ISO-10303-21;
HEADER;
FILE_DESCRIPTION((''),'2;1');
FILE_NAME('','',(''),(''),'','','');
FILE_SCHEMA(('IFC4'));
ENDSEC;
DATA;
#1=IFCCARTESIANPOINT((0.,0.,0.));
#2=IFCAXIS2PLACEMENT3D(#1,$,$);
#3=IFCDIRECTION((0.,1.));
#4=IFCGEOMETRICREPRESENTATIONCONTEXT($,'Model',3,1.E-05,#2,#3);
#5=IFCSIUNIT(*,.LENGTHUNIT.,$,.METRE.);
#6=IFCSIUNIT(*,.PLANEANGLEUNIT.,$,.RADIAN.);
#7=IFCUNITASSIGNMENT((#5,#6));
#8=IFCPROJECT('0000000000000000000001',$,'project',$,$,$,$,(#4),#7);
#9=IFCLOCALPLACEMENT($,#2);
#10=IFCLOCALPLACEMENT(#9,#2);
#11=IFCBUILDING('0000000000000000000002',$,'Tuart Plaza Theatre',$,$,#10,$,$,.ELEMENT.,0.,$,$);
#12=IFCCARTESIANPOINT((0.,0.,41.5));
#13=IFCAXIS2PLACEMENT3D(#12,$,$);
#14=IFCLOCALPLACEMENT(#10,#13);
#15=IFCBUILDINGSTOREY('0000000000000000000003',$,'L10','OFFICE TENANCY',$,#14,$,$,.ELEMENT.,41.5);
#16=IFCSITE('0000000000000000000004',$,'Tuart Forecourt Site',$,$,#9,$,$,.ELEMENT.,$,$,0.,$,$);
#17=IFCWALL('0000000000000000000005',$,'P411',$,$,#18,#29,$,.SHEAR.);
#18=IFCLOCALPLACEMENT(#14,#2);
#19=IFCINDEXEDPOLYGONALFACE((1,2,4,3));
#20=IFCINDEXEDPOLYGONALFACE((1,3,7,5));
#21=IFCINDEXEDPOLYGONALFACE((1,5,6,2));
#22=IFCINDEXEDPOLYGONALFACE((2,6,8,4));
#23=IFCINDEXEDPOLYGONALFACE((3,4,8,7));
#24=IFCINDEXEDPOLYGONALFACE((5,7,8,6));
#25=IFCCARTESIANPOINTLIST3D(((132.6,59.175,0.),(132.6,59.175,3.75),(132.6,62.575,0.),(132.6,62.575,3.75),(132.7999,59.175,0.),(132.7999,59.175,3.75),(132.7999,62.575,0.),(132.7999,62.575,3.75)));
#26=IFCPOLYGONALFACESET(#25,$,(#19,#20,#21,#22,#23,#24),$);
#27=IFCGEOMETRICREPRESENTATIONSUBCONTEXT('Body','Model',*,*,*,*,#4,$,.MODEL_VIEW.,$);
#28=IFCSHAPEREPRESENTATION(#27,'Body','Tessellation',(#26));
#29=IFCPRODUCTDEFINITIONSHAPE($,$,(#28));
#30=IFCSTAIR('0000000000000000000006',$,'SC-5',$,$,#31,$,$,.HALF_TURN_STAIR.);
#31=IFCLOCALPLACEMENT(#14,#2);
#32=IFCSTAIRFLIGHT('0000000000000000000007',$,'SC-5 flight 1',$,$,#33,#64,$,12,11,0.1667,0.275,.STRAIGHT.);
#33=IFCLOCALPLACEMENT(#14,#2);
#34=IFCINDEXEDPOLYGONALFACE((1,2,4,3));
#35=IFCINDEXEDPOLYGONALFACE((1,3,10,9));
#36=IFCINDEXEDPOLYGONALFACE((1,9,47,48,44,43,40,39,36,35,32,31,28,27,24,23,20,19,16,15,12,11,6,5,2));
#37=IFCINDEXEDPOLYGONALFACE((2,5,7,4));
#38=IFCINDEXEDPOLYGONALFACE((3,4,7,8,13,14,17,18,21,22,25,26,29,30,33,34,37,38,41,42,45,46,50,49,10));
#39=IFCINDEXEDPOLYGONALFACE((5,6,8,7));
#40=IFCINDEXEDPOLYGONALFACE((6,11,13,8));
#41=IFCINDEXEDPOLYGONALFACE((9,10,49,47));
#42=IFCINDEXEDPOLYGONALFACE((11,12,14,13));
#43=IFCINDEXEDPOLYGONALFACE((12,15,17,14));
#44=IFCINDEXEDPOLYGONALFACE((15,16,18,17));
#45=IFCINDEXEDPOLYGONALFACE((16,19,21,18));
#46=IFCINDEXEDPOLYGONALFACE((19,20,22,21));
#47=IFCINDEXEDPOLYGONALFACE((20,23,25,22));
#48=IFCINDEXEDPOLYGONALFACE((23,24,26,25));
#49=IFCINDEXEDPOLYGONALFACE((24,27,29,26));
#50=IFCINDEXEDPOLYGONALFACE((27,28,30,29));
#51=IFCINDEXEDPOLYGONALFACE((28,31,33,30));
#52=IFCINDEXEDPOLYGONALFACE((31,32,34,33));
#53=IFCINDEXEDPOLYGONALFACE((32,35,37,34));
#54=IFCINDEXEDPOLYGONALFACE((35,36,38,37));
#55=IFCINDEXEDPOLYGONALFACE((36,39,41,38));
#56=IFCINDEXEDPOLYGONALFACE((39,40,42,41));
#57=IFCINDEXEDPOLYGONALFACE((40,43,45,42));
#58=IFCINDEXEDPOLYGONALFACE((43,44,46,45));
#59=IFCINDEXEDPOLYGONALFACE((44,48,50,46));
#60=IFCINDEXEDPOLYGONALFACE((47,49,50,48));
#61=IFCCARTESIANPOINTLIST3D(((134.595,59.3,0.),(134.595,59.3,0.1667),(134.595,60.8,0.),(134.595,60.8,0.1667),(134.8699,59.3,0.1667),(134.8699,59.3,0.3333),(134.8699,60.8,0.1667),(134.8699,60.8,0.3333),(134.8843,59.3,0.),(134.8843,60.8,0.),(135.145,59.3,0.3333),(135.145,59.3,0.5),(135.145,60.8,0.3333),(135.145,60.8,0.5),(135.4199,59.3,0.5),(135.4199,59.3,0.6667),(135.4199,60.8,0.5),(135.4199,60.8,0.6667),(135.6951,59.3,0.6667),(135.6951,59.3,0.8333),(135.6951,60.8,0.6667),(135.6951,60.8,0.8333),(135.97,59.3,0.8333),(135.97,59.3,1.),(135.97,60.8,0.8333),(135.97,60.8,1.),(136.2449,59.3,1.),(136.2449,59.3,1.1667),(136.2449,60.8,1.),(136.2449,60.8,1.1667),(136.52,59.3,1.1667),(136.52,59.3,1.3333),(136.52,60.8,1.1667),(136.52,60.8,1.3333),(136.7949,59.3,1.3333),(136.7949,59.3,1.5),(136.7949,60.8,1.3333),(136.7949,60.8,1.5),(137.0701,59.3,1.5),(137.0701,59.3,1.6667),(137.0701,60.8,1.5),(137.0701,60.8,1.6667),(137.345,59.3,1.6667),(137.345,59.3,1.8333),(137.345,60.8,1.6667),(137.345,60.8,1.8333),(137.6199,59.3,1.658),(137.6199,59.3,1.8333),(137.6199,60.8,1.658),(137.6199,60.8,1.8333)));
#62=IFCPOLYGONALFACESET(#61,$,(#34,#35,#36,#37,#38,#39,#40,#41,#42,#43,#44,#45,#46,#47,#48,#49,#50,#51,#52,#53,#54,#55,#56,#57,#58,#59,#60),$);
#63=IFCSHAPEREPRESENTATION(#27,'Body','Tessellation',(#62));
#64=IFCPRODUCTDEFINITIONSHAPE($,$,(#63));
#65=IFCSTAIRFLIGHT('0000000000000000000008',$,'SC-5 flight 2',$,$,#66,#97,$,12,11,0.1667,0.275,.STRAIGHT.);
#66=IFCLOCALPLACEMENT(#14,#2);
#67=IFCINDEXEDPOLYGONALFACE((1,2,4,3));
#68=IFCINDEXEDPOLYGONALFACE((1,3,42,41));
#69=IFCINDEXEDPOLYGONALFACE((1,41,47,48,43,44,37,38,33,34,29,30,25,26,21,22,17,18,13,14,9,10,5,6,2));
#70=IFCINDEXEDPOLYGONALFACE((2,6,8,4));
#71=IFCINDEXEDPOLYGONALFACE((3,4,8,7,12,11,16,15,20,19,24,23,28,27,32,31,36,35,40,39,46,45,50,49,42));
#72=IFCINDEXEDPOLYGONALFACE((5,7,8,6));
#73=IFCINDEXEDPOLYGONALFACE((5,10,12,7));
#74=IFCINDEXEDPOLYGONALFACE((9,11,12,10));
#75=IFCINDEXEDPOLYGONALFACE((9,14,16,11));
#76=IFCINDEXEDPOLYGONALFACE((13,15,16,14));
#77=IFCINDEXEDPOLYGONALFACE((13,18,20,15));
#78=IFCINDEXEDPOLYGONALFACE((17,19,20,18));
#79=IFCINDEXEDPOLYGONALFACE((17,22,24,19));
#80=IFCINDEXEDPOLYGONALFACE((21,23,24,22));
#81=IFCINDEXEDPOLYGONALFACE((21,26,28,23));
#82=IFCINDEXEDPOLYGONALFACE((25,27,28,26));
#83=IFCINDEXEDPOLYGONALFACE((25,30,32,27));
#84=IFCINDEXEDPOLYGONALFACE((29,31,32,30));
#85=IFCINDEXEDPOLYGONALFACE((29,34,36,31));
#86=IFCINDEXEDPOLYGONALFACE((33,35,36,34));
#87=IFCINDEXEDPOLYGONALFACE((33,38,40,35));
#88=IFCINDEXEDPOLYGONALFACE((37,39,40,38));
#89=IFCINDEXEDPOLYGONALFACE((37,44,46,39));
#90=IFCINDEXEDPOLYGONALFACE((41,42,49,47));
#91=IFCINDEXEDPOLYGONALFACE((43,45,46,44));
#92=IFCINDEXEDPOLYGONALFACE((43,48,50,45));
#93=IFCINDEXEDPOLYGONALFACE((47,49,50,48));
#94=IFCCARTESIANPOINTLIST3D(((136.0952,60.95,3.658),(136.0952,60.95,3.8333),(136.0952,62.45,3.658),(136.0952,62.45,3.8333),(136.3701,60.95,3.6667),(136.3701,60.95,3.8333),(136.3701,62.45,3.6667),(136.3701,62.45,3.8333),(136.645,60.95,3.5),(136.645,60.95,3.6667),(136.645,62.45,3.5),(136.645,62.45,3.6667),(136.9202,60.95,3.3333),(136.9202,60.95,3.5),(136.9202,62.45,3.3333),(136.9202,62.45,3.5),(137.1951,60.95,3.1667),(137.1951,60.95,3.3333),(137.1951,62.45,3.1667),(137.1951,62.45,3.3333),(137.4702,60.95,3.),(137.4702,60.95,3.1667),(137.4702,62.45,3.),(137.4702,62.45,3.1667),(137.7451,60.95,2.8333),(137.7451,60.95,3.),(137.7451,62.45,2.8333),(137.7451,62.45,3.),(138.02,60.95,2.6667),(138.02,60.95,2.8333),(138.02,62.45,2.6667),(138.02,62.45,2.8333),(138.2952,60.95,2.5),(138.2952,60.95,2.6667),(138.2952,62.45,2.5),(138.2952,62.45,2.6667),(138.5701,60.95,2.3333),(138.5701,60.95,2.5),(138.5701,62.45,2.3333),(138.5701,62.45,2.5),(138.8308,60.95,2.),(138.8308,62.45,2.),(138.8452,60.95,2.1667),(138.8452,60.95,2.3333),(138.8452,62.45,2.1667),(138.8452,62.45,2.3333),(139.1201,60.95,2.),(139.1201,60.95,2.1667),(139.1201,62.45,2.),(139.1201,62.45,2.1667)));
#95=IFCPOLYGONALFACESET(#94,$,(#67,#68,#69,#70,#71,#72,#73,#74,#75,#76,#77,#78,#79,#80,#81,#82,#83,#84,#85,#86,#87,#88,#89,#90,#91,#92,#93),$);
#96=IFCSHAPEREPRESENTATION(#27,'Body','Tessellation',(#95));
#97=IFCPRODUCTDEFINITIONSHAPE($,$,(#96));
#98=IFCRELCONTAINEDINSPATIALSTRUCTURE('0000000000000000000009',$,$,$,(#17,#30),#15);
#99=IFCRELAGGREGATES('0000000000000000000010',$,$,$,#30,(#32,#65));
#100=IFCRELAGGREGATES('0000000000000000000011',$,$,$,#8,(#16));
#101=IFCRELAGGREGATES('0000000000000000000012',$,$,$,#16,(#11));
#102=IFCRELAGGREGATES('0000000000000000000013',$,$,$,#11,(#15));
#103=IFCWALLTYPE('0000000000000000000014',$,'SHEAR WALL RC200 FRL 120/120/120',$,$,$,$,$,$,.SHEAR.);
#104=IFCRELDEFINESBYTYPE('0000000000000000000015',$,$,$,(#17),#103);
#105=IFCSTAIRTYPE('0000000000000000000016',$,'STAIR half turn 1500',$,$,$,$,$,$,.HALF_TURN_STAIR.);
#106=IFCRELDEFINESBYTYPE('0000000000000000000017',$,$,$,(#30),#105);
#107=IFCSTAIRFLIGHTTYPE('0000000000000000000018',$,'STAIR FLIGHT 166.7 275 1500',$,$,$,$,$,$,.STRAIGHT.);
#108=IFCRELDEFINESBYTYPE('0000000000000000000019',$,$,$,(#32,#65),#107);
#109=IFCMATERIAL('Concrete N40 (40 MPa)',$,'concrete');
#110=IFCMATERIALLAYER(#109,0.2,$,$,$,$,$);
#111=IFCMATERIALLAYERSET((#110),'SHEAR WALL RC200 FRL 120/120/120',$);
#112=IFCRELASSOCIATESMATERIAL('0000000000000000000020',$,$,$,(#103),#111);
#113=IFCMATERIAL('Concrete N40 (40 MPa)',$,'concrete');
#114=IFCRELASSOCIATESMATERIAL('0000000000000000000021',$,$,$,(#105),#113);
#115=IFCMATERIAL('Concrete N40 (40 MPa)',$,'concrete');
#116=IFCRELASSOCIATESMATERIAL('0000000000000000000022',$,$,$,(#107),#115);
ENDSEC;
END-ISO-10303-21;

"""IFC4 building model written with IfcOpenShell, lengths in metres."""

from ifc_helpers import new_model, si_unit, direction, frame, frame_2d, origin, place, context, subcontext, project, spatial, polyline, rectangle, outline, extrude, material, layer, layer_set, type_object, element, aggregate, save


model = new_model("IFC4")

# Units and contexts
model_context = context("Model", 3, precision=1e-05, world=origin(), true_north=direction((0.0, 1.0)))
body_context = subcontext(model_context, "Body", "Model", "MODEL_VIEW")
ifc_project = project(units=[si_unit("LENGTHUNIT", "METRE"), si_unit("PLANEANGLEUNIT", "RADIAN")], contexts=[model_context])

# Site, building, storey
site_placement = place(None, origin())
site = spatial("IfcSite", under=ifc_project, at=site_placement, Name="Tuart Forecourt Site", CompositionType="ELEMENT", RefElevation=0.0)
building_placement = place(site_placement, origin())
building = spatial("IfcBuilding", under=site, at=building_placement, Name="Tuart Plaza Theatre", CompositionType="ELEMENT", ElevationOfRefHeight=0.0)
storey_placement = place(building_placement, frame((0.0, 0.0, 41.5)))
storey = spatial("IfcBuildingStorey", under=building, at=storey_placement, Name="L10", Description="OFFICE TENANCY", CompositionType="ELEMENT", Elevation=41.5)

# Wall
ifc_material_1 = material(Name="Concrete N40 (40 MPa)", Category="concrete")
ifc_layer_1 = layer(ifc_material_1, 0.2)
ifc_layer_set_1 = layer_set([ifc_layer_1], Name="SHEAR WALL RC200 FRL 120/120/120")
wall_type = type_object("IfcWallType", Name="SHEAR WALL RC200 FRL 120/120/120", PredefinedType="SHEAR", material=ifc_layer_set_1)
wall_1_placement = place(storey_placement, frame((132.7, 62.575, 0.0), z_axis=(0.0, 0.0, 1.0), x_axis=(0.0, -1.0, 0.0)))
element("IfcWall", 1, at=wall_1_placement, inside=storey, type_object=wall_type, Name="P411", PredefinedType="SHEAR", context=body_context, shape_type="SweptSolid", body=[
    extrude(rectangle(XDim=3.3999, YDim=0.2, at=frame_2d((1.7, 0.0))), origin(), (0.0, 0.0, 1.0), 3.75),
])

# Stair, stair flights
ifc_material_2 = material(Name="Concrete N40 (40 MPa)", Category="concrete")
stair_type = type_object("IfcStairType", Name="STAIR half turn 1500", PredefinedType="HALF_TURN_STAIR", material=ifc_material_2)
stair_placement = place(storey_placement, origin())
stair = element("IfcStair", 2, at=stair_placement, inside=storey, type_object=stair_type, Name="SC-5", PredefinedType="HALF_TURN_STAIR")
ifc_material_3 = material(Name="Concrete N40 (40 MPa)", Category="concrete")
stair_flight_type = type_object("IfcStairFlightType", Name="STAIR FLIGHT 166.7 275 1500", PredefinedType="STRAIGHT", material=ifc_material_3)
stair_flight_1_placement = place(storey_placement, frame((134.595, 60.05, 0.0), z_axis=(0.0, 0.0, 1.0), x_axis=(1.0, 0.0, 0.0)))
stair_flight_1 = element("IfcStairFlight", 3, at=stair_flight_1_placement, type_object=stair_flight_type, Name="SC-5 flight 1", NumberOfRisers=12, NumberOfTreads=11, PredefinedType="STRAIGHT", RiserHeight=0.1667, TreadLength=0.275, context=body_context, shape_type="SweptSolid", body=[
    extrude(outline(polyline([(0.0, 0.0), (0.0, 0.1667), (0.2749, 0.1667), (0.2749, 0.3333), (0.55, 0.3333), (0.55, 0.5), (0.825, 0.5), (0.825, 0.6667), (1.1001, 0.6667), (1.1001, 0.8333), (1.375, 0.8333), (1.375, 1.0), (1.6499, 1.0), (1.6499, 1.1667), (1.925, 1.1667), (1.925, 1.3333), (2.2, 1.3333), (2.2, 1.5), (2.4751, 1.5), (2.4751, 1.6667), (2.75, 1.6667), (2.75, 1.8333), (3.0249, 1.8333), (3.0249, 2.0), (3.0249, 1.658), (0.2893, 0.0), (0.0, 0.0)])), frame((0.0, 0.75, 0.0), z_axis=(0.0, -1.0, 0.0), x_axis=(1.0, 0.0, 0.0)), (0.0, 0.0, 1.0), 1.5),
])
stair_flight_2_placement = place(storey_placement, frame((139.1201, 61.7, 2.0), z_axis=(0.0, 0.0, 1.0), x_axis=(-1.0, 0.0, 0.0)))
stair_flight_2 = element("IfcStairFlight", 4, at=stair_flight_2_placement, type_object=stair_flight_type, Name="SC-5 flight 2", NumberOfRisers=12, NumberOfTreads=11, PredefinedType="STRAIGHT", RiserHeight=0.1667, TreadLength=0.275, context=body_context, shape_type="SweptSolid", body=[
    extrude(outline(polyline([(0.0, 0.0), (0.0, 0.1667), (0.2749, 0.1667), (0.2749, 0.3333), (0.55, 0.3333), (0.55, 0.5), (0.825, 0.5), (0.825, 0.6667), (1.1001, 0.6667), (1.1001, 0.8333), (1.375, 0.8333), (1.375, 1.0), (1.6499, 1.0), (1.6499, 1.1667), (1.925, 1.1667), (1.925, 1.3333), (2.2, 1.3333), (2.2, 1.5), (2.4751, 1.5), (2.4751, 1.6667), (2.75, 1.6667), (2.75, 1.8333), (3.0249, 1.8333), (3.0249, 2.0), (3.0249, 1.658), (0.2893, 0.0), (0.0, 0.0)])), frame((0.0, 0.75, 0.0), z_axis=(0.0, -1.0, 0.0), x_axis=(1.0, 0.0, 0.0)), (0.0, 0.0, 1.0), 1.5),
])
aggregate(stair, [stair_flight_1, stair_flight_2])

save(model, "model.ifc")
